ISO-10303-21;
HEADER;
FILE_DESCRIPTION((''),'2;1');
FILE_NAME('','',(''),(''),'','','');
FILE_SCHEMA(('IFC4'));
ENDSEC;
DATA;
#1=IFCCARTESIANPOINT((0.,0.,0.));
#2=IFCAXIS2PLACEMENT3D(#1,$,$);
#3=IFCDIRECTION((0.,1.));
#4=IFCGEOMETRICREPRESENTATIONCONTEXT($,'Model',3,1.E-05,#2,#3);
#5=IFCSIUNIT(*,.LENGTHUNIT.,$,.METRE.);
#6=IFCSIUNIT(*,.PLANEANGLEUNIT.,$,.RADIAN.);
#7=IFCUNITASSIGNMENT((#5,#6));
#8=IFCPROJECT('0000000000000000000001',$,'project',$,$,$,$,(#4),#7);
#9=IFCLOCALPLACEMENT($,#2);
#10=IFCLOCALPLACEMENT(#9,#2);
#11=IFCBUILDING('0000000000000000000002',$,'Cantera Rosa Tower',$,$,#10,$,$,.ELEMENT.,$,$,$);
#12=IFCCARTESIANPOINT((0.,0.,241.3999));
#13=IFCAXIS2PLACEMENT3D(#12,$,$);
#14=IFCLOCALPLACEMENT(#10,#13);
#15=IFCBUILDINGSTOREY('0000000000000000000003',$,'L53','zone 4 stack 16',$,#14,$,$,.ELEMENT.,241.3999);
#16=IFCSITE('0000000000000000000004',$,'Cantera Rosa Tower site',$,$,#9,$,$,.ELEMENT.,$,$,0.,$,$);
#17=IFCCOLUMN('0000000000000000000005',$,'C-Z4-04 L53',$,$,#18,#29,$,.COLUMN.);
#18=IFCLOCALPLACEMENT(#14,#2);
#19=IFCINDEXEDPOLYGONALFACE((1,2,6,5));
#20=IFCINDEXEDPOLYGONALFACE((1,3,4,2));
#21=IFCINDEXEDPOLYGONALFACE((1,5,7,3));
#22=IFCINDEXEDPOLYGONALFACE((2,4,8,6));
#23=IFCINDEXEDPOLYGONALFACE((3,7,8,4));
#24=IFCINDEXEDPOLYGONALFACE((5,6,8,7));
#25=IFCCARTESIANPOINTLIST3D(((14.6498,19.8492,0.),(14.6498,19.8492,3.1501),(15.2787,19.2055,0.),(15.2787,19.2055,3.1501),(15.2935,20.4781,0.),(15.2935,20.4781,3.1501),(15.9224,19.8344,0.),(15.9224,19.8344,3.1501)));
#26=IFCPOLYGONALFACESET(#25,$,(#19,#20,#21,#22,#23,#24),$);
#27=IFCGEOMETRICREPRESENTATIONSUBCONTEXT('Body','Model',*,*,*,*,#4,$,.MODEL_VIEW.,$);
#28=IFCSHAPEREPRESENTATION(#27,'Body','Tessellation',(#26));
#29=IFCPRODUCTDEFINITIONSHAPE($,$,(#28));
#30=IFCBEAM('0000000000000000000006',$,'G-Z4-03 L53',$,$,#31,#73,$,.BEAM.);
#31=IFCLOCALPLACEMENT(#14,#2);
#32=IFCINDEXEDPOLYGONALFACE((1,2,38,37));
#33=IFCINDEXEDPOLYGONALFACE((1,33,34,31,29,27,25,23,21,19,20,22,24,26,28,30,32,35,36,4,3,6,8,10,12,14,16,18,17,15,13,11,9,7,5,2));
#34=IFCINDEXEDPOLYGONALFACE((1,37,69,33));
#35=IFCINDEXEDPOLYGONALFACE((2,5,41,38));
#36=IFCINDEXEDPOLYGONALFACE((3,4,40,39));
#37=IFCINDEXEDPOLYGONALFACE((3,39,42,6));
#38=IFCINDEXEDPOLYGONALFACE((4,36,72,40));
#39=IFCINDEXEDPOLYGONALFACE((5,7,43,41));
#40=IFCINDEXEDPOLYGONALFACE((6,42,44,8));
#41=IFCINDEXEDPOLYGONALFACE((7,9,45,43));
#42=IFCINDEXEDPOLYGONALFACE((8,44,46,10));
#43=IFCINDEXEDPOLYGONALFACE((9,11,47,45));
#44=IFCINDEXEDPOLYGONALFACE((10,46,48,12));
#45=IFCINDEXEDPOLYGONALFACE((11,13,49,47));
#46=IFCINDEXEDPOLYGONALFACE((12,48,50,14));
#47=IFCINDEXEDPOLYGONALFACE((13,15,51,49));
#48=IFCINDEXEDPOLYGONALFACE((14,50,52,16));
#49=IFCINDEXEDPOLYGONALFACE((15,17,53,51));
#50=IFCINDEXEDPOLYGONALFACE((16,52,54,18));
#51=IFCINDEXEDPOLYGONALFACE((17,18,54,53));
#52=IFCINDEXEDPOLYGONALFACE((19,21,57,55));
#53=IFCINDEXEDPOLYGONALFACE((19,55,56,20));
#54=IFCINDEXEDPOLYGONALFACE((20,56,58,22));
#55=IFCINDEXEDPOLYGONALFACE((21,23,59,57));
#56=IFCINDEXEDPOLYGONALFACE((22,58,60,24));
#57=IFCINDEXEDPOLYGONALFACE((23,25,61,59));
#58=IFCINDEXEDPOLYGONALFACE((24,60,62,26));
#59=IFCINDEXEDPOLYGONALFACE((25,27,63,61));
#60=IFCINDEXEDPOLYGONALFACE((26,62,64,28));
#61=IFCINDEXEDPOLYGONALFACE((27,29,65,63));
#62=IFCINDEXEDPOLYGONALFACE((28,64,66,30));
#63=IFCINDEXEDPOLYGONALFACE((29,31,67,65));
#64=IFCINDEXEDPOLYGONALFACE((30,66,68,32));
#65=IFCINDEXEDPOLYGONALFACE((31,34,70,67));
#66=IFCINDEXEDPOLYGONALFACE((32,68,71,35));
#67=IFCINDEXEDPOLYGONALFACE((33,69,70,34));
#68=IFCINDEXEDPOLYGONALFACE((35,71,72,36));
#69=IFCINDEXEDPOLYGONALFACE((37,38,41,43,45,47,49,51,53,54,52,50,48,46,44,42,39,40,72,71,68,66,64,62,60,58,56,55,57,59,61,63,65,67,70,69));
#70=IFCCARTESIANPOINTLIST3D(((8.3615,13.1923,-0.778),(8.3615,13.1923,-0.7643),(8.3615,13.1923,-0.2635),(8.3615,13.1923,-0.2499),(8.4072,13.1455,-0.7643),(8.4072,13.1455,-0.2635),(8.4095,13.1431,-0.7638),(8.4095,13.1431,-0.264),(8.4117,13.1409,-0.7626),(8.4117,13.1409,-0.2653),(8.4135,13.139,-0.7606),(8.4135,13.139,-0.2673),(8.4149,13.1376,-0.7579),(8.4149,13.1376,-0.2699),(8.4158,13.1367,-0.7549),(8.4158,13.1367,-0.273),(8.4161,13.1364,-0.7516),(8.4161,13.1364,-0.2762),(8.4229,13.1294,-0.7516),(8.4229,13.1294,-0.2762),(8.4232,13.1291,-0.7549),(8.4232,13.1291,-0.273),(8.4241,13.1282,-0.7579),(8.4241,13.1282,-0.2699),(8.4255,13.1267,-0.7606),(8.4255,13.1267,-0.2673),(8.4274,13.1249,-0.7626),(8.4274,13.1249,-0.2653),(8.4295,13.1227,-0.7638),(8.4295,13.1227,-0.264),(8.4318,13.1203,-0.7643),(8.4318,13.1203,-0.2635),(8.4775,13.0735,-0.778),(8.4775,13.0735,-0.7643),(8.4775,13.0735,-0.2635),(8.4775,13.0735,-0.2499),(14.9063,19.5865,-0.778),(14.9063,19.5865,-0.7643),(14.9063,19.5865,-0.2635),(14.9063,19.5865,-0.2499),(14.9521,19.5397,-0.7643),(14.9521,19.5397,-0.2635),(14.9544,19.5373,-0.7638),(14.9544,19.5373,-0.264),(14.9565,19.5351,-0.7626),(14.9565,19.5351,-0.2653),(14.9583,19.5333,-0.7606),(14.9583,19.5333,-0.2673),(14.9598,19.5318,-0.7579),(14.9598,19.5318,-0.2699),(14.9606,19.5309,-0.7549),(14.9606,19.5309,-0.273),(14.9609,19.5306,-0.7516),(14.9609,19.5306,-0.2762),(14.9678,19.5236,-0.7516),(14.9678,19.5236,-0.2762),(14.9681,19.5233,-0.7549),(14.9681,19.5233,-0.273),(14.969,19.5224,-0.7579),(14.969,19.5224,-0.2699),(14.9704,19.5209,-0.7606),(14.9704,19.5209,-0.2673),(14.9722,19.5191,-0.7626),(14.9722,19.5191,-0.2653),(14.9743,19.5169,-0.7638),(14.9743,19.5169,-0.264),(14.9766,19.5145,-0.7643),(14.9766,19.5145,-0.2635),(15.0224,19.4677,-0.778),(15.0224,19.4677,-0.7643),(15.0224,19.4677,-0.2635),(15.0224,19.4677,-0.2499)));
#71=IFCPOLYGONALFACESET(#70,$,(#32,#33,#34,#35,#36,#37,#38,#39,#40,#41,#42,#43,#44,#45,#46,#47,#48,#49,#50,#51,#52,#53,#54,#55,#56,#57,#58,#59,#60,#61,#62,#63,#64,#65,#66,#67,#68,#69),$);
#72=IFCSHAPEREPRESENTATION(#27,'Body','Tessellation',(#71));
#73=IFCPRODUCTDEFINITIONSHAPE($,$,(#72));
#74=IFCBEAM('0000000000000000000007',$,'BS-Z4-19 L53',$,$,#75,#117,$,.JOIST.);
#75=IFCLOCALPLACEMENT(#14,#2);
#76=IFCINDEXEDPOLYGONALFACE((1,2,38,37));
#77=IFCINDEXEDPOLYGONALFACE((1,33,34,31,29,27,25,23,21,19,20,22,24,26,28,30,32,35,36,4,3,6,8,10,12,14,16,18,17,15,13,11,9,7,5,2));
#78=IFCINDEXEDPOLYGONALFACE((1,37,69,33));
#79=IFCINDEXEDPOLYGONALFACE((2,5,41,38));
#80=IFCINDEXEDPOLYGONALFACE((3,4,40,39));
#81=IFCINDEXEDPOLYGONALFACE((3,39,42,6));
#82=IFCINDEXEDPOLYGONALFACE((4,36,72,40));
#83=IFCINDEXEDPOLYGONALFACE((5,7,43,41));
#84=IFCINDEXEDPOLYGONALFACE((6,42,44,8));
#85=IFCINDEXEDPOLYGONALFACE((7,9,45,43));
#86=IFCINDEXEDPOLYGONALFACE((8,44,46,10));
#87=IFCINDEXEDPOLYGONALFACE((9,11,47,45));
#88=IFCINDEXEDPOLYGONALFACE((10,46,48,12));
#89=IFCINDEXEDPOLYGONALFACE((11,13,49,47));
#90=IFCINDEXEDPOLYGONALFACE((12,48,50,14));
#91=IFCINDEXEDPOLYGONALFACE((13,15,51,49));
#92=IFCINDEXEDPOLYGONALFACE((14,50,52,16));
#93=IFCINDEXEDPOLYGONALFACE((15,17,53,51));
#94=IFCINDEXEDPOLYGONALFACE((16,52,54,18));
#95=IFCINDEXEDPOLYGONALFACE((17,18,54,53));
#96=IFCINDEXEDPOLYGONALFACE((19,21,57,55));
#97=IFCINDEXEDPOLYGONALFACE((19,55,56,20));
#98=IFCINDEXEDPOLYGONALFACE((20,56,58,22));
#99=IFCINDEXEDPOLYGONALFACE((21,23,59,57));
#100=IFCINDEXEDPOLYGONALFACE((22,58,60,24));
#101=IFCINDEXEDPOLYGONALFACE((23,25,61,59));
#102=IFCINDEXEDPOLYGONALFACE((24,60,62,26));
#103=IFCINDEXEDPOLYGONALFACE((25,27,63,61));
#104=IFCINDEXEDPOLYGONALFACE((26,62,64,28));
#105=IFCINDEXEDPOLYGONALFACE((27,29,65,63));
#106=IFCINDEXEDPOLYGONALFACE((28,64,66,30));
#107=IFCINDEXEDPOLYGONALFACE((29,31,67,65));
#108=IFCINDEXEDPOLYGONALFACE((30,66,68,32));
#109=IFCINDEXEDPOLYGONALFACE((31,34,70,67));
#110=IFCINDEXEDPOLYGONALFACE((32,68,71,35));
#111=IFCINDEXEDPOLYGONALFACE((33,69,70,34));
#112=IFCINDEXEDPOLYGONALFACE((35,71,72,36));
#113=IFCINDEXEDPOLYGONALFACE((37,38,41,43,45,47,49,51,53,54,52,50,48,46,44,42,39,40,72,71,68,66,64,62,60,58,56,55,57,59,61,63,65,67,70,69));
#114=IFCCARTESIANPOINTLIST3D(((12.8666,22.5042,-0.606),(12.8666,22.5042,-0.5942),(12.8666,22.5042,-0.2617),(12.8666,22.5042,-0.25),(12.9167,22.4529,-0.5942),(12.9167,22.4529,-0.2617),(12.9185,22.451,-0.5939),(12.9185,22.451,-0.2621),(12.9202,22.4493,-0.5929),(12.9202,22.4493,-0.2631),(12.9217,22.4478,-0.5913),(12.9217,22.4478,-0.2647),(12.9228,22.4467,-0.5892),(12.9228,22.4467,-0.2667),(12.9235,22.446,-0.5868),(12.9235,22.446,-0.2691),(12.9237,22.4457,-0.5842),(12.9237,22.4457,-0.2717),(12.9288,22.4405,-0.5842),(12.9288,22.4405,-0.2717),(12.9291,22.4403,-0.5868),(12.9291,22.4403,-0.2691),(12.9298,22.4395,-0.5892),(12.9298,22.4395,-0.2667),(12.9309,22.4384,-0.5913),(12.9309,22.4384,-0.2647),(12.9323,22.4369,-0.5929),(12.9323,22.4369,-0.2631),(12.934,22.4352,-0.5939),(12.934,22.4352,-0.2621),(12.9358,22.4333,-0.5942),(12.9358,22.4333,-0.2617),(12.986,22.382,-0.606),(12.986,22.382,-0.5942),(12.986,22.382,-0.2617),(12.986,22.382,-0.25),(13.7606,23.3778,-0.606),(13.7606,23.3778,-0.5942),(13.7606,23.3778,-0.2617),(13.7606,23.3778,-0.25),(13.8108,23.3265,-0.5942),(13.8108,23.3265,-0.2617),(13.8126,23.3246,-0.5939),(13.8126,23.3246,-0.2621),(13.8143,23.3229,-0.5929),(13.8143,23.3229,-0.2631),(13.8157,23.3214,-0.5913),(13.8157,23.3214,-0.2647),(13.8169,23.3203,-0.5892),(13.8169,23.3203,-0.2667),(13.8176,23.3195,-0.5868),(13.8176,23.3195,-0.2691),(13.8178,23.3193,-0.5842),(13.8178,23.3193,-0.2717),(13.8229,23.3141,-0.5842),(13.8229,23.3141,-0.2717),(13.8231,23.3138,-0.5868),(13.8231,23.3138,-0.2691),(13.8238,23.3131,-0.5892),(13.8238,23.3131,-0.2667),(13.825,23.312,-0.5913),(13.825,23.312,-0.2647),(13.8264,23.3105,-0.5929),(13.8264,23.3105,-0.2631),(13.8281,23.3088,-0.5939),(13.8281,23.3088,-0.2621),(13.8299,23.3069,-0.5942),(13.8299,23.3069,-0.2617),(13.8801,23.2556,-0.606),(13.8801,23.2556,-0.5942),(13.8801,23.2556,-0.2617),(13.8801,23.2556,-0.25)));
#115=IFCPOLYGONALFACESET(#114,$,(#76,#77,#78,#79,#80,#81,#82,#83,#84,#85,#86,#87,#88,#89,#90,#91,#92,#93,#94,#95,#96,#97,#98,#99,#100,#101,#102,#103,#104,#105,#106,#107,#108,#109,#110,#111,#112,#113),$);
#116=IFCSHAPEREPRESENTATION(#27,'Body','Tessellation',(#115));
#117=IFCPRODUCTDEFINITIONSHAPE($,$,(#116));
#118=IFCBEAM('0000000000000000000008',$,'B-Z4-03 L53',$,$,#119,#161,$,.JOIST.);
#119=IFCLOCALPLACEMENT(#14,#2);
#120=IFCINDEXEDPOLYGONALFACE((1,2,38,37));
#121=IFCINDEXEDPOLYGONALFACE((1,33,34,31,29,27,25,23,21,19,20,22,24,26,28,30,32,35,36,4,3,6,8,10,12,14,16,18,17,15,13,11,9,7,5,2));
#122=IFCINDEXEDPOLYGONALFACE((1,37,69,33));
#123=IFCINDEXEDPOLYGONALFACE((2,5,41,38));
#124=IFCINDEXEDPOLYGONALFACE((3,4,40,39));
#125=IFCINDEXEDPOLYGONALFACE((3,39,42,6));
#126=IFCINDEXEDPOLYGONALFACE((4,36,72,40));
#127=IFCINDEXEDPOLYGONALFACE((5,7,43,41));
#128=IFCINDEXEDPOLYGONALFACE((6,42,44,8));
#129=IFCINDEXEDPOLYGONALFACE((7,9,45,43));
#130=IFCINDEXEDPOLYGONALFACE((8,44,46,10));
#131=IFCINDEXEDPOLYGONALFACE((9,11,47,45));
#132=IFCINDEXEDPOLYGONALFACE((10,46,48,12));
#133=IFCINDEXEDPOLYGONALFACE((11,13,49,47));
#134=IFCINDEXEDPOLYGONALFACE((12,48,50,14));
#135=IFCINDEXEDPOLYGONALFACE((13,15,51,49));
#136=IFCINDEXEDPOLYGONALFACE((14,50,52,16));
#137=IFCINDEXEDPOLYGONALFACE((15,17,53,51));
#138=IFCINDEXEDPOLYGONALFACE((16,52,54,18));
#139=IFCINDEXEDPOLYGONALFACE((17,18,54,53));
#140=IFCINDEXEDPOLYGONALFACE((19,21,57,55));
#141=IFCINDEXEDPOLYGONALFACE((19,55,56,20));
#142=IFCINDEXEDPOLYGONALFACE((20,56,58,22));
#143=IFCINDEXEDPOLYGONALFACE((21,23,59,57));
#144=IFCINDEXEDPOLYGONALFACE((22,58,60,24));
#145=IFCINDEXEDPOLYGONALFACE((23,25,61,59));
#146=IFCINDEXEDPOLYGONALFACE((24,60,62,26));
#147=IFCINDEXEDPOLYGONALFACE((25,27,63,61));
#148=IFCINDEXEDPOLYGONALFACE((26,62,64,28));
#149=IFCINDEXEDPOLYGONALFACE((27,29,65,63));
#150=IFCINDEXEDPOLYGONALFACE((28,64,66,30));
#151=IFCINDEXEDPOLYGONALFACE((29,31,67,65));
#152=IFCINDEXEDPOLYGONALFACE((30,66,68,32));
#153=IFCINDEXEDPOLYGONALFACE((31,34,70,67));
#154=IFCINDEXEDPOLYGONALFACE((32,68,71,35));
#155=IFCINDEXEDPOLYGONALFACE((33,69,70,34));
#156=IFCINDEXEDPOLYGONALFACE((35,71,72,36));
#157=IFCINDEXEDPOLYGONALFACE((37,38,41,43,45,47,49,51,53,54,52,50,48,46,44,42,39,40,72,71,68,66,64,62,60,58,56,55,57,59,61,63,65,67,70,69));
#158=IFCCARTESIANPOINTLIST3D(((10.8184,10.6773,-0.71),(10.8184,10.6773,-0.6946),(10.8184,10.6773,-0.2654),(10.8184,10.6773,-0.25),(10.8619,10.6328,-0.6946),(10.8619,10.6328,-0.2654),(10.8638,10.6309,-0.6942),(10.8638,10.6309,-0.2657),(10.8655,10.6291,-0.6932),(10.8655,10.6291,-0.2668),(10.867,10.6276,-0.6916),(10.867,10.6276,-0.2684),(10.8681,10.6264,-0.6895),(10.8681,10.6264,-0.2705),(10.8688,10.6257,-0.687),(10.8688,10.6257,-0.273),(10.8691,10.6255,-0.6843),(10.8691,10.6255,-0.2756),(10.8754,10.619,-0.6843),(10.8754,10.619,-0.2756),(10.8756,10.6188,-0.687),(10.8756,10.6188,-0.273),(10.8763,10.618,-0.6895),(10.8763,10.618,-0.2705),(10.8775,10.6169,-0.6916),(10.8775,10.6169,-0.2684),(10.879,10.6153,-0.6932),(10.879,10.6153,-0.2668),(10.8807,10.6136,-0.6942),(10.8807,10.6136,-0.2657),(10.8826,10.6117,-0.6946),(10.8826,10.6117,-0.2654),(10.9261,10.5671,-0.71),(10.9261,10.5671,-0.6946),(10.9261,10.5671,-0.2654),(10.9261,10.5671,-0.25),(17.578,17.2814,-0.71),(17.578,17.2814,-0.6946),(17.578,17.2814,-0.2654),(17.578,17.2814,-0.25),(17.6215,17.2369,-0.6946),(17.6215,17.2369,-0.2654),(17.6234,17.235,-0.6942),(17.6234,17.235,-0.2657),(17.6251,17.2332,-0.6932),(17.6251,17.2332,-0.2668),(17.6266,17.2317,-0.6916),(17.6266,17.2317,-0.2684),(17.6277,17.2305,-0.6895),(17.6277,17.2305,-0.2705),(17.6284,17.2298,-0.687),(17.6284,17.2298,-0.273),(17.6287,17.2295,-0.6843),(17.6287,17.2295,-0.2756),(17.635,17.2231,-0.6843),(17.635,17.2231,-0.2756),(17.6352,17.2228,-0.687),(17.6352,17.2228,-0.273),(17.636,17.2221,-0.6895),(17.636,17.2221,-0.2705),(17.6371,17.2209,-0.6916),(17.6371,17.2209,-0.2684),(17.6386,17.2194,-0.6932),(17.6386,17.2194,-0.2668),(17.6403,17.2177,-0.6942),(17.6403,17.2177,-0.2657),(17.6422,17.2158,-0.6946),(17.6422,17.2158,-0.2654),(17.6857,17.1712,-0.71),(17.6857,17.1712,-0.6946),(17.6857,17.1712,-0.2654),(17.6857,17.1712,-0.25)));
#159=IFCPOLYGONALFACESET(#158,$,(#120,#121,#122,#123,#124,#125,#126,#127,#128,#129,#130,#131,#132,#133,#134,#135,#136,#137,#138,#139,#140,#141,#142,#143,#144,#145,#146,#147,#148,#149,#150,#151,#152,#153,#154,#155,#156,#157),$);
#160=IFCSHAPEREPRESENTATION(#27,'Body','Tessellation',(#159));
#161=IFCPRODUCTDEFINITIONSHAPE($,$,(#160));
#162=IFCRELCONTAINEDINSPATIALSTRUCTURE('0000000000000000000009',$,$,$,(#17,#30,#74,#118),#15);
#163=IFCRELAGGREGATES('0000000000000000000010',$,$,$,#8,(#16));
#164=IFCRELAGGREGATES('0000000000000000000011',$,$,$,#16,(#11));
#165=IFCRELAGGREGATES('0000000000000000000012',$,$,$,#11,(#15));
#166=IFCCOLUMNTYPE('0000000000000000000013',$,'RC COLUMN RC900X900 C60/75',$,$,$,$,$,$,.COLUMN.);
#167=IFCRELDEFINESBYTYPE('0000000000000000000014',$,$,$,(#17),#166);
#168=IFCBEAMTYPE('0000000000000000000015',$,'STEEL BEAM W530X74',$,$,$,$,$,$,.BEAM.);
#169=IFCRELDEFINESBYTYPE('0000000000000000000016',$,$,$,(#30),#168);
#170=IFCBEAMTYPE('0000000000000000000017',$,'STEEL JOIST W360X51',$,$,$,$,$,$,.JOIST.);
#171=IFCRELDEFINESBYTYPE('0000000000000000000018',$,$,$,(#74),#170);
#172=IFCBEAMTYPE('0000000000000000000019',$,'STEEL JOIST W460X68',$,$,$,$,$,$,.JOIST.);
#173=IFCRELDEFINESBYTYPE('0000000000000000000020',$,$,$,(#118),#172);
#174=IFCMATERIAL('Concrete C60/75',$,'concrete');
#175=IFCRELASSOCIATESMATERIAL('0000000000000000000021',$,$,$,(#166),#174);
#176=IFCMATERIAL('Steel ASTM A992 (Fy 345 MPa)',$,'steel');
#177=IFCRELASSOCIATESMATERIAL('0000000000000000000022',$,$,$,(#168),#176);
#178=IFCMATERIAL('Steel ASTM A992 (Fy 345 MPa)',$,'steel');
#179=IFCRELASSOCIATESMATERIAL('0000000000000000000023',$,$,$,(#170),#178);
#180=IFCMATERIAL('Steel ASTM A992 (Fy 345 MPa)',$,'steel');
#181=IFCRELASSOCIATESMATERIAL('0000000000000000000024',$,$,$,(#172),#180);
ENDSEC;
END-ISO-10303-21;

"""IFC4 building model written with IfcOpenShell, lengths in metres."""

from ifc_helpers import new_model, si_unit, direction, frame, origin, origin_2d, place, context, subcontext, project, spatial, rectangle, i_section, extrude, material, material_profile, profile_set, type_object, element, save


model = new_model("IFC4")

# Units and contexts
model_context = context("Model", 3, precision=1e-05, world=origin(), true_north=direction((0.0, 1.0)))
body_context = subcontext(model_context, "Body", "Model", "MODEL_VIEW")
ifc_project = project(units=[si_unit("LENGTHUNIT", "METRE"), si_unit("PLANEANGLEUNIT", "RADIAN")], contexts=[model_context])

# Site, building, storey
site_placement = place(None, origin())
site = spatial("IfcSite", under=ifc_project, at=site_placement, Name="Cantera Rosa Tower site", CompositionType="ELEMENT", RefElevation=0.0)
building_placement = place(site_placement, origin())
building = spatial("IfcBuilding", under=site, at=building_placement, Name="Cantera Rosa Tower", CompositionType="ELEMENT")
storey_placement = place(building_placement, frame((0.0, 0.0, 241.3999)))
storey = spatial("IfcBuildingStorey", under=building, at=storey_placement, Name="L53", Description="zone 4 stack 16", CompositionType="ELEMENT", Elevation=241.3999)

# Column
ifc_material_1 = material(Name="Concrete C60/75", Category="concrete")
ifc_material_profile_1 = material_profile(ifc_material_1, rectangle(XDim=0.8999, YDim=0.8999, at=origin_2d()), Name="RC COLUMN RC900X900 C60/75")
ifc_profile_set_1 = profile_set([ifc_material_profile_1], Name="Concrete C60/75")
column_type = type_object("IfcColumnType", Name="RC COLUMN RC900X900 C60/75", PredefinedType="COLUMN", material=ifc_profile_set_1)
column_placement = place(storey_placement, frame((15.2861, 19.8418, 0.0), z_axis=(0.0, 0.0, 1.0), x_axis=(0.715286, 0.698832, 0.0)))
element("IfcColumn", 1, at=column_placement, inside=storey, type_object=column_type, Name="C-Z4-04 L53", PredefinedType="COLUMN", context=body_context, shape_type="SweptSolid", body=[
    extrude(rectangle(XDim=0.8999, YDim=0.8999, at=origin_2d()), origin(), (0.0, 0.0, 1.0), 3.1501),
])

# Beams
ifc_material_2 = material(Name="Steel ASTM A992 (Fy 345 MPa)", Category="steel")
ifc_material_profile_2 = material_profile(ifc_material_2, i_section(OverallWidth=0.166, OverallDepth=0.5281, WebThickness=0.0098, FlangeThickness=0.0137, FilletRadius=0.0127, at=origin_2d()), Name="W530X74")
ifc_profile_set_2 = profile_set([ifc_material_profile_2], Name="Steel ASTM A992 (Fy 345 MPa)")
beam_type_1 = type_object("IfcBeamType", Name="STEEL BEAM W530X74", PredefinedType="BEAM", material=ifc_profile_set_2)
beam_1_placement = place(storey_placement, frame((14.9644, 19.5271, -0.5139), z_axis=(-0.71529, -0.698827, 0.0), x_axis=(0.698827, -0.71529, 0.0)))
element("IfcBeam", 2, at=beam_1_placement, inside=storey, type_object=beam_type_1, Name="G-Z4-03 L53", PredefinedType="BEAM", context=body_context, shape_type="SweptSolid", body=[
    extrude(i_section(OverallWidth=0.166, OverallDepth=0.5281, WebThickness=0.0098, FlangeThickness=0.0137, FilletRadius=0.0127, at=origin_2d()), origin(), (0.0, 0.0, 1.0), 9.1499),
])
ifc_material_3 = material(Name="Steel ASTM A992 (Fy 345 MPa)", Category="steel")
ifc_material_profile_3 = material_profile(ifc_material_3, i_section(OverallWidth=0.1709, OverallDepth=0.356, WebThickness=0.0073, FlangeThickness=0.0117, FilletRadius=0.01, at=origin_2d()), Name="W360X51")
ifc_profile_set_3 = profile_set([ifc_material_profile_3], Name="Steel ASTM A992 (Fy 345 MPa)")
beam_type_2 = type_object("IfcBeamType", Name="STEEL JOIST W360X51", PredefinedType="JOIST", material=ifc_profile_set_3)
beam_2_placement = place(storey_placement, frame((12.9263, 22.4431, -0.428), z_axis=(0.715263, 0.698856, 0.0), x_axis=(-0.698856, 0.715263, 0.0)))
element("IfcBeam", 3, at=beam_2_placement, inside=storey, type_object=beam_type_2, Name="BS-Z4-19 L53", PredefinedType="JOIST", context=body_context, shape_type="SweptSolid", body=[
    extrude(i_section(OverallWidth=0.1709, OverallDepth=0.356, WebThickness=0.0073, FlangeThickness=0.0117, FilletRadius=0.01, at=origin_2d()), origin(), (0.0, 0.0, 1.0), 1.25),
])
ifc_material_4 = material(Name="Steel ASTM A992 (Fy 345 MPa)", Category="steel")
ifc_material_profile_4 = material_profile(ifc_material_4, i_section(OverallWidth=0.1541, OverallDepth=0.46, WebThickness=0.009, FlangeThickness=0.0154, FilletRadius=0.0103, at=origin_2d()), Name="W460X68")
ifc_profile_set_4 = profile_set([ifc_material_profile_4], Name="Steel ASTM A992 (Fy 345 MPa)")
beam_type_3 = type_object("IfcBeamType", Name="STEEL JOIST W460X68", PredefinedType="JOIST", material=ifc_profile_set_4)
for number, where, z_axis, x_axis, name in (
    (4, (17.6318, 17.2263, -0.48), (-0.715287, -0.698831, 0.0), (0.698831, -0.715287, 0.0), "B-Z4-03 L53"),
):
    element("IfcBeam", number, at=place(storey_placement, frame(where, z_axis=z_axis, x_axis=x_axis)), inside=storey, type_object=beam_type_3, Name=name, PredefinedType="JOIST", context=body_context, shape_type="SweptSolid", body=[
        extrude(i_section(OverallWidth=0.1541, OverallDepth=0.46, WebThickness=0.009, FlangeThickness=0.0154, FilletRadius=0.0103, at=origin_2d()), origin(), (0.0, 0.0, 1.0), 9.4502),
    ])

save(model, "model.ifc")
